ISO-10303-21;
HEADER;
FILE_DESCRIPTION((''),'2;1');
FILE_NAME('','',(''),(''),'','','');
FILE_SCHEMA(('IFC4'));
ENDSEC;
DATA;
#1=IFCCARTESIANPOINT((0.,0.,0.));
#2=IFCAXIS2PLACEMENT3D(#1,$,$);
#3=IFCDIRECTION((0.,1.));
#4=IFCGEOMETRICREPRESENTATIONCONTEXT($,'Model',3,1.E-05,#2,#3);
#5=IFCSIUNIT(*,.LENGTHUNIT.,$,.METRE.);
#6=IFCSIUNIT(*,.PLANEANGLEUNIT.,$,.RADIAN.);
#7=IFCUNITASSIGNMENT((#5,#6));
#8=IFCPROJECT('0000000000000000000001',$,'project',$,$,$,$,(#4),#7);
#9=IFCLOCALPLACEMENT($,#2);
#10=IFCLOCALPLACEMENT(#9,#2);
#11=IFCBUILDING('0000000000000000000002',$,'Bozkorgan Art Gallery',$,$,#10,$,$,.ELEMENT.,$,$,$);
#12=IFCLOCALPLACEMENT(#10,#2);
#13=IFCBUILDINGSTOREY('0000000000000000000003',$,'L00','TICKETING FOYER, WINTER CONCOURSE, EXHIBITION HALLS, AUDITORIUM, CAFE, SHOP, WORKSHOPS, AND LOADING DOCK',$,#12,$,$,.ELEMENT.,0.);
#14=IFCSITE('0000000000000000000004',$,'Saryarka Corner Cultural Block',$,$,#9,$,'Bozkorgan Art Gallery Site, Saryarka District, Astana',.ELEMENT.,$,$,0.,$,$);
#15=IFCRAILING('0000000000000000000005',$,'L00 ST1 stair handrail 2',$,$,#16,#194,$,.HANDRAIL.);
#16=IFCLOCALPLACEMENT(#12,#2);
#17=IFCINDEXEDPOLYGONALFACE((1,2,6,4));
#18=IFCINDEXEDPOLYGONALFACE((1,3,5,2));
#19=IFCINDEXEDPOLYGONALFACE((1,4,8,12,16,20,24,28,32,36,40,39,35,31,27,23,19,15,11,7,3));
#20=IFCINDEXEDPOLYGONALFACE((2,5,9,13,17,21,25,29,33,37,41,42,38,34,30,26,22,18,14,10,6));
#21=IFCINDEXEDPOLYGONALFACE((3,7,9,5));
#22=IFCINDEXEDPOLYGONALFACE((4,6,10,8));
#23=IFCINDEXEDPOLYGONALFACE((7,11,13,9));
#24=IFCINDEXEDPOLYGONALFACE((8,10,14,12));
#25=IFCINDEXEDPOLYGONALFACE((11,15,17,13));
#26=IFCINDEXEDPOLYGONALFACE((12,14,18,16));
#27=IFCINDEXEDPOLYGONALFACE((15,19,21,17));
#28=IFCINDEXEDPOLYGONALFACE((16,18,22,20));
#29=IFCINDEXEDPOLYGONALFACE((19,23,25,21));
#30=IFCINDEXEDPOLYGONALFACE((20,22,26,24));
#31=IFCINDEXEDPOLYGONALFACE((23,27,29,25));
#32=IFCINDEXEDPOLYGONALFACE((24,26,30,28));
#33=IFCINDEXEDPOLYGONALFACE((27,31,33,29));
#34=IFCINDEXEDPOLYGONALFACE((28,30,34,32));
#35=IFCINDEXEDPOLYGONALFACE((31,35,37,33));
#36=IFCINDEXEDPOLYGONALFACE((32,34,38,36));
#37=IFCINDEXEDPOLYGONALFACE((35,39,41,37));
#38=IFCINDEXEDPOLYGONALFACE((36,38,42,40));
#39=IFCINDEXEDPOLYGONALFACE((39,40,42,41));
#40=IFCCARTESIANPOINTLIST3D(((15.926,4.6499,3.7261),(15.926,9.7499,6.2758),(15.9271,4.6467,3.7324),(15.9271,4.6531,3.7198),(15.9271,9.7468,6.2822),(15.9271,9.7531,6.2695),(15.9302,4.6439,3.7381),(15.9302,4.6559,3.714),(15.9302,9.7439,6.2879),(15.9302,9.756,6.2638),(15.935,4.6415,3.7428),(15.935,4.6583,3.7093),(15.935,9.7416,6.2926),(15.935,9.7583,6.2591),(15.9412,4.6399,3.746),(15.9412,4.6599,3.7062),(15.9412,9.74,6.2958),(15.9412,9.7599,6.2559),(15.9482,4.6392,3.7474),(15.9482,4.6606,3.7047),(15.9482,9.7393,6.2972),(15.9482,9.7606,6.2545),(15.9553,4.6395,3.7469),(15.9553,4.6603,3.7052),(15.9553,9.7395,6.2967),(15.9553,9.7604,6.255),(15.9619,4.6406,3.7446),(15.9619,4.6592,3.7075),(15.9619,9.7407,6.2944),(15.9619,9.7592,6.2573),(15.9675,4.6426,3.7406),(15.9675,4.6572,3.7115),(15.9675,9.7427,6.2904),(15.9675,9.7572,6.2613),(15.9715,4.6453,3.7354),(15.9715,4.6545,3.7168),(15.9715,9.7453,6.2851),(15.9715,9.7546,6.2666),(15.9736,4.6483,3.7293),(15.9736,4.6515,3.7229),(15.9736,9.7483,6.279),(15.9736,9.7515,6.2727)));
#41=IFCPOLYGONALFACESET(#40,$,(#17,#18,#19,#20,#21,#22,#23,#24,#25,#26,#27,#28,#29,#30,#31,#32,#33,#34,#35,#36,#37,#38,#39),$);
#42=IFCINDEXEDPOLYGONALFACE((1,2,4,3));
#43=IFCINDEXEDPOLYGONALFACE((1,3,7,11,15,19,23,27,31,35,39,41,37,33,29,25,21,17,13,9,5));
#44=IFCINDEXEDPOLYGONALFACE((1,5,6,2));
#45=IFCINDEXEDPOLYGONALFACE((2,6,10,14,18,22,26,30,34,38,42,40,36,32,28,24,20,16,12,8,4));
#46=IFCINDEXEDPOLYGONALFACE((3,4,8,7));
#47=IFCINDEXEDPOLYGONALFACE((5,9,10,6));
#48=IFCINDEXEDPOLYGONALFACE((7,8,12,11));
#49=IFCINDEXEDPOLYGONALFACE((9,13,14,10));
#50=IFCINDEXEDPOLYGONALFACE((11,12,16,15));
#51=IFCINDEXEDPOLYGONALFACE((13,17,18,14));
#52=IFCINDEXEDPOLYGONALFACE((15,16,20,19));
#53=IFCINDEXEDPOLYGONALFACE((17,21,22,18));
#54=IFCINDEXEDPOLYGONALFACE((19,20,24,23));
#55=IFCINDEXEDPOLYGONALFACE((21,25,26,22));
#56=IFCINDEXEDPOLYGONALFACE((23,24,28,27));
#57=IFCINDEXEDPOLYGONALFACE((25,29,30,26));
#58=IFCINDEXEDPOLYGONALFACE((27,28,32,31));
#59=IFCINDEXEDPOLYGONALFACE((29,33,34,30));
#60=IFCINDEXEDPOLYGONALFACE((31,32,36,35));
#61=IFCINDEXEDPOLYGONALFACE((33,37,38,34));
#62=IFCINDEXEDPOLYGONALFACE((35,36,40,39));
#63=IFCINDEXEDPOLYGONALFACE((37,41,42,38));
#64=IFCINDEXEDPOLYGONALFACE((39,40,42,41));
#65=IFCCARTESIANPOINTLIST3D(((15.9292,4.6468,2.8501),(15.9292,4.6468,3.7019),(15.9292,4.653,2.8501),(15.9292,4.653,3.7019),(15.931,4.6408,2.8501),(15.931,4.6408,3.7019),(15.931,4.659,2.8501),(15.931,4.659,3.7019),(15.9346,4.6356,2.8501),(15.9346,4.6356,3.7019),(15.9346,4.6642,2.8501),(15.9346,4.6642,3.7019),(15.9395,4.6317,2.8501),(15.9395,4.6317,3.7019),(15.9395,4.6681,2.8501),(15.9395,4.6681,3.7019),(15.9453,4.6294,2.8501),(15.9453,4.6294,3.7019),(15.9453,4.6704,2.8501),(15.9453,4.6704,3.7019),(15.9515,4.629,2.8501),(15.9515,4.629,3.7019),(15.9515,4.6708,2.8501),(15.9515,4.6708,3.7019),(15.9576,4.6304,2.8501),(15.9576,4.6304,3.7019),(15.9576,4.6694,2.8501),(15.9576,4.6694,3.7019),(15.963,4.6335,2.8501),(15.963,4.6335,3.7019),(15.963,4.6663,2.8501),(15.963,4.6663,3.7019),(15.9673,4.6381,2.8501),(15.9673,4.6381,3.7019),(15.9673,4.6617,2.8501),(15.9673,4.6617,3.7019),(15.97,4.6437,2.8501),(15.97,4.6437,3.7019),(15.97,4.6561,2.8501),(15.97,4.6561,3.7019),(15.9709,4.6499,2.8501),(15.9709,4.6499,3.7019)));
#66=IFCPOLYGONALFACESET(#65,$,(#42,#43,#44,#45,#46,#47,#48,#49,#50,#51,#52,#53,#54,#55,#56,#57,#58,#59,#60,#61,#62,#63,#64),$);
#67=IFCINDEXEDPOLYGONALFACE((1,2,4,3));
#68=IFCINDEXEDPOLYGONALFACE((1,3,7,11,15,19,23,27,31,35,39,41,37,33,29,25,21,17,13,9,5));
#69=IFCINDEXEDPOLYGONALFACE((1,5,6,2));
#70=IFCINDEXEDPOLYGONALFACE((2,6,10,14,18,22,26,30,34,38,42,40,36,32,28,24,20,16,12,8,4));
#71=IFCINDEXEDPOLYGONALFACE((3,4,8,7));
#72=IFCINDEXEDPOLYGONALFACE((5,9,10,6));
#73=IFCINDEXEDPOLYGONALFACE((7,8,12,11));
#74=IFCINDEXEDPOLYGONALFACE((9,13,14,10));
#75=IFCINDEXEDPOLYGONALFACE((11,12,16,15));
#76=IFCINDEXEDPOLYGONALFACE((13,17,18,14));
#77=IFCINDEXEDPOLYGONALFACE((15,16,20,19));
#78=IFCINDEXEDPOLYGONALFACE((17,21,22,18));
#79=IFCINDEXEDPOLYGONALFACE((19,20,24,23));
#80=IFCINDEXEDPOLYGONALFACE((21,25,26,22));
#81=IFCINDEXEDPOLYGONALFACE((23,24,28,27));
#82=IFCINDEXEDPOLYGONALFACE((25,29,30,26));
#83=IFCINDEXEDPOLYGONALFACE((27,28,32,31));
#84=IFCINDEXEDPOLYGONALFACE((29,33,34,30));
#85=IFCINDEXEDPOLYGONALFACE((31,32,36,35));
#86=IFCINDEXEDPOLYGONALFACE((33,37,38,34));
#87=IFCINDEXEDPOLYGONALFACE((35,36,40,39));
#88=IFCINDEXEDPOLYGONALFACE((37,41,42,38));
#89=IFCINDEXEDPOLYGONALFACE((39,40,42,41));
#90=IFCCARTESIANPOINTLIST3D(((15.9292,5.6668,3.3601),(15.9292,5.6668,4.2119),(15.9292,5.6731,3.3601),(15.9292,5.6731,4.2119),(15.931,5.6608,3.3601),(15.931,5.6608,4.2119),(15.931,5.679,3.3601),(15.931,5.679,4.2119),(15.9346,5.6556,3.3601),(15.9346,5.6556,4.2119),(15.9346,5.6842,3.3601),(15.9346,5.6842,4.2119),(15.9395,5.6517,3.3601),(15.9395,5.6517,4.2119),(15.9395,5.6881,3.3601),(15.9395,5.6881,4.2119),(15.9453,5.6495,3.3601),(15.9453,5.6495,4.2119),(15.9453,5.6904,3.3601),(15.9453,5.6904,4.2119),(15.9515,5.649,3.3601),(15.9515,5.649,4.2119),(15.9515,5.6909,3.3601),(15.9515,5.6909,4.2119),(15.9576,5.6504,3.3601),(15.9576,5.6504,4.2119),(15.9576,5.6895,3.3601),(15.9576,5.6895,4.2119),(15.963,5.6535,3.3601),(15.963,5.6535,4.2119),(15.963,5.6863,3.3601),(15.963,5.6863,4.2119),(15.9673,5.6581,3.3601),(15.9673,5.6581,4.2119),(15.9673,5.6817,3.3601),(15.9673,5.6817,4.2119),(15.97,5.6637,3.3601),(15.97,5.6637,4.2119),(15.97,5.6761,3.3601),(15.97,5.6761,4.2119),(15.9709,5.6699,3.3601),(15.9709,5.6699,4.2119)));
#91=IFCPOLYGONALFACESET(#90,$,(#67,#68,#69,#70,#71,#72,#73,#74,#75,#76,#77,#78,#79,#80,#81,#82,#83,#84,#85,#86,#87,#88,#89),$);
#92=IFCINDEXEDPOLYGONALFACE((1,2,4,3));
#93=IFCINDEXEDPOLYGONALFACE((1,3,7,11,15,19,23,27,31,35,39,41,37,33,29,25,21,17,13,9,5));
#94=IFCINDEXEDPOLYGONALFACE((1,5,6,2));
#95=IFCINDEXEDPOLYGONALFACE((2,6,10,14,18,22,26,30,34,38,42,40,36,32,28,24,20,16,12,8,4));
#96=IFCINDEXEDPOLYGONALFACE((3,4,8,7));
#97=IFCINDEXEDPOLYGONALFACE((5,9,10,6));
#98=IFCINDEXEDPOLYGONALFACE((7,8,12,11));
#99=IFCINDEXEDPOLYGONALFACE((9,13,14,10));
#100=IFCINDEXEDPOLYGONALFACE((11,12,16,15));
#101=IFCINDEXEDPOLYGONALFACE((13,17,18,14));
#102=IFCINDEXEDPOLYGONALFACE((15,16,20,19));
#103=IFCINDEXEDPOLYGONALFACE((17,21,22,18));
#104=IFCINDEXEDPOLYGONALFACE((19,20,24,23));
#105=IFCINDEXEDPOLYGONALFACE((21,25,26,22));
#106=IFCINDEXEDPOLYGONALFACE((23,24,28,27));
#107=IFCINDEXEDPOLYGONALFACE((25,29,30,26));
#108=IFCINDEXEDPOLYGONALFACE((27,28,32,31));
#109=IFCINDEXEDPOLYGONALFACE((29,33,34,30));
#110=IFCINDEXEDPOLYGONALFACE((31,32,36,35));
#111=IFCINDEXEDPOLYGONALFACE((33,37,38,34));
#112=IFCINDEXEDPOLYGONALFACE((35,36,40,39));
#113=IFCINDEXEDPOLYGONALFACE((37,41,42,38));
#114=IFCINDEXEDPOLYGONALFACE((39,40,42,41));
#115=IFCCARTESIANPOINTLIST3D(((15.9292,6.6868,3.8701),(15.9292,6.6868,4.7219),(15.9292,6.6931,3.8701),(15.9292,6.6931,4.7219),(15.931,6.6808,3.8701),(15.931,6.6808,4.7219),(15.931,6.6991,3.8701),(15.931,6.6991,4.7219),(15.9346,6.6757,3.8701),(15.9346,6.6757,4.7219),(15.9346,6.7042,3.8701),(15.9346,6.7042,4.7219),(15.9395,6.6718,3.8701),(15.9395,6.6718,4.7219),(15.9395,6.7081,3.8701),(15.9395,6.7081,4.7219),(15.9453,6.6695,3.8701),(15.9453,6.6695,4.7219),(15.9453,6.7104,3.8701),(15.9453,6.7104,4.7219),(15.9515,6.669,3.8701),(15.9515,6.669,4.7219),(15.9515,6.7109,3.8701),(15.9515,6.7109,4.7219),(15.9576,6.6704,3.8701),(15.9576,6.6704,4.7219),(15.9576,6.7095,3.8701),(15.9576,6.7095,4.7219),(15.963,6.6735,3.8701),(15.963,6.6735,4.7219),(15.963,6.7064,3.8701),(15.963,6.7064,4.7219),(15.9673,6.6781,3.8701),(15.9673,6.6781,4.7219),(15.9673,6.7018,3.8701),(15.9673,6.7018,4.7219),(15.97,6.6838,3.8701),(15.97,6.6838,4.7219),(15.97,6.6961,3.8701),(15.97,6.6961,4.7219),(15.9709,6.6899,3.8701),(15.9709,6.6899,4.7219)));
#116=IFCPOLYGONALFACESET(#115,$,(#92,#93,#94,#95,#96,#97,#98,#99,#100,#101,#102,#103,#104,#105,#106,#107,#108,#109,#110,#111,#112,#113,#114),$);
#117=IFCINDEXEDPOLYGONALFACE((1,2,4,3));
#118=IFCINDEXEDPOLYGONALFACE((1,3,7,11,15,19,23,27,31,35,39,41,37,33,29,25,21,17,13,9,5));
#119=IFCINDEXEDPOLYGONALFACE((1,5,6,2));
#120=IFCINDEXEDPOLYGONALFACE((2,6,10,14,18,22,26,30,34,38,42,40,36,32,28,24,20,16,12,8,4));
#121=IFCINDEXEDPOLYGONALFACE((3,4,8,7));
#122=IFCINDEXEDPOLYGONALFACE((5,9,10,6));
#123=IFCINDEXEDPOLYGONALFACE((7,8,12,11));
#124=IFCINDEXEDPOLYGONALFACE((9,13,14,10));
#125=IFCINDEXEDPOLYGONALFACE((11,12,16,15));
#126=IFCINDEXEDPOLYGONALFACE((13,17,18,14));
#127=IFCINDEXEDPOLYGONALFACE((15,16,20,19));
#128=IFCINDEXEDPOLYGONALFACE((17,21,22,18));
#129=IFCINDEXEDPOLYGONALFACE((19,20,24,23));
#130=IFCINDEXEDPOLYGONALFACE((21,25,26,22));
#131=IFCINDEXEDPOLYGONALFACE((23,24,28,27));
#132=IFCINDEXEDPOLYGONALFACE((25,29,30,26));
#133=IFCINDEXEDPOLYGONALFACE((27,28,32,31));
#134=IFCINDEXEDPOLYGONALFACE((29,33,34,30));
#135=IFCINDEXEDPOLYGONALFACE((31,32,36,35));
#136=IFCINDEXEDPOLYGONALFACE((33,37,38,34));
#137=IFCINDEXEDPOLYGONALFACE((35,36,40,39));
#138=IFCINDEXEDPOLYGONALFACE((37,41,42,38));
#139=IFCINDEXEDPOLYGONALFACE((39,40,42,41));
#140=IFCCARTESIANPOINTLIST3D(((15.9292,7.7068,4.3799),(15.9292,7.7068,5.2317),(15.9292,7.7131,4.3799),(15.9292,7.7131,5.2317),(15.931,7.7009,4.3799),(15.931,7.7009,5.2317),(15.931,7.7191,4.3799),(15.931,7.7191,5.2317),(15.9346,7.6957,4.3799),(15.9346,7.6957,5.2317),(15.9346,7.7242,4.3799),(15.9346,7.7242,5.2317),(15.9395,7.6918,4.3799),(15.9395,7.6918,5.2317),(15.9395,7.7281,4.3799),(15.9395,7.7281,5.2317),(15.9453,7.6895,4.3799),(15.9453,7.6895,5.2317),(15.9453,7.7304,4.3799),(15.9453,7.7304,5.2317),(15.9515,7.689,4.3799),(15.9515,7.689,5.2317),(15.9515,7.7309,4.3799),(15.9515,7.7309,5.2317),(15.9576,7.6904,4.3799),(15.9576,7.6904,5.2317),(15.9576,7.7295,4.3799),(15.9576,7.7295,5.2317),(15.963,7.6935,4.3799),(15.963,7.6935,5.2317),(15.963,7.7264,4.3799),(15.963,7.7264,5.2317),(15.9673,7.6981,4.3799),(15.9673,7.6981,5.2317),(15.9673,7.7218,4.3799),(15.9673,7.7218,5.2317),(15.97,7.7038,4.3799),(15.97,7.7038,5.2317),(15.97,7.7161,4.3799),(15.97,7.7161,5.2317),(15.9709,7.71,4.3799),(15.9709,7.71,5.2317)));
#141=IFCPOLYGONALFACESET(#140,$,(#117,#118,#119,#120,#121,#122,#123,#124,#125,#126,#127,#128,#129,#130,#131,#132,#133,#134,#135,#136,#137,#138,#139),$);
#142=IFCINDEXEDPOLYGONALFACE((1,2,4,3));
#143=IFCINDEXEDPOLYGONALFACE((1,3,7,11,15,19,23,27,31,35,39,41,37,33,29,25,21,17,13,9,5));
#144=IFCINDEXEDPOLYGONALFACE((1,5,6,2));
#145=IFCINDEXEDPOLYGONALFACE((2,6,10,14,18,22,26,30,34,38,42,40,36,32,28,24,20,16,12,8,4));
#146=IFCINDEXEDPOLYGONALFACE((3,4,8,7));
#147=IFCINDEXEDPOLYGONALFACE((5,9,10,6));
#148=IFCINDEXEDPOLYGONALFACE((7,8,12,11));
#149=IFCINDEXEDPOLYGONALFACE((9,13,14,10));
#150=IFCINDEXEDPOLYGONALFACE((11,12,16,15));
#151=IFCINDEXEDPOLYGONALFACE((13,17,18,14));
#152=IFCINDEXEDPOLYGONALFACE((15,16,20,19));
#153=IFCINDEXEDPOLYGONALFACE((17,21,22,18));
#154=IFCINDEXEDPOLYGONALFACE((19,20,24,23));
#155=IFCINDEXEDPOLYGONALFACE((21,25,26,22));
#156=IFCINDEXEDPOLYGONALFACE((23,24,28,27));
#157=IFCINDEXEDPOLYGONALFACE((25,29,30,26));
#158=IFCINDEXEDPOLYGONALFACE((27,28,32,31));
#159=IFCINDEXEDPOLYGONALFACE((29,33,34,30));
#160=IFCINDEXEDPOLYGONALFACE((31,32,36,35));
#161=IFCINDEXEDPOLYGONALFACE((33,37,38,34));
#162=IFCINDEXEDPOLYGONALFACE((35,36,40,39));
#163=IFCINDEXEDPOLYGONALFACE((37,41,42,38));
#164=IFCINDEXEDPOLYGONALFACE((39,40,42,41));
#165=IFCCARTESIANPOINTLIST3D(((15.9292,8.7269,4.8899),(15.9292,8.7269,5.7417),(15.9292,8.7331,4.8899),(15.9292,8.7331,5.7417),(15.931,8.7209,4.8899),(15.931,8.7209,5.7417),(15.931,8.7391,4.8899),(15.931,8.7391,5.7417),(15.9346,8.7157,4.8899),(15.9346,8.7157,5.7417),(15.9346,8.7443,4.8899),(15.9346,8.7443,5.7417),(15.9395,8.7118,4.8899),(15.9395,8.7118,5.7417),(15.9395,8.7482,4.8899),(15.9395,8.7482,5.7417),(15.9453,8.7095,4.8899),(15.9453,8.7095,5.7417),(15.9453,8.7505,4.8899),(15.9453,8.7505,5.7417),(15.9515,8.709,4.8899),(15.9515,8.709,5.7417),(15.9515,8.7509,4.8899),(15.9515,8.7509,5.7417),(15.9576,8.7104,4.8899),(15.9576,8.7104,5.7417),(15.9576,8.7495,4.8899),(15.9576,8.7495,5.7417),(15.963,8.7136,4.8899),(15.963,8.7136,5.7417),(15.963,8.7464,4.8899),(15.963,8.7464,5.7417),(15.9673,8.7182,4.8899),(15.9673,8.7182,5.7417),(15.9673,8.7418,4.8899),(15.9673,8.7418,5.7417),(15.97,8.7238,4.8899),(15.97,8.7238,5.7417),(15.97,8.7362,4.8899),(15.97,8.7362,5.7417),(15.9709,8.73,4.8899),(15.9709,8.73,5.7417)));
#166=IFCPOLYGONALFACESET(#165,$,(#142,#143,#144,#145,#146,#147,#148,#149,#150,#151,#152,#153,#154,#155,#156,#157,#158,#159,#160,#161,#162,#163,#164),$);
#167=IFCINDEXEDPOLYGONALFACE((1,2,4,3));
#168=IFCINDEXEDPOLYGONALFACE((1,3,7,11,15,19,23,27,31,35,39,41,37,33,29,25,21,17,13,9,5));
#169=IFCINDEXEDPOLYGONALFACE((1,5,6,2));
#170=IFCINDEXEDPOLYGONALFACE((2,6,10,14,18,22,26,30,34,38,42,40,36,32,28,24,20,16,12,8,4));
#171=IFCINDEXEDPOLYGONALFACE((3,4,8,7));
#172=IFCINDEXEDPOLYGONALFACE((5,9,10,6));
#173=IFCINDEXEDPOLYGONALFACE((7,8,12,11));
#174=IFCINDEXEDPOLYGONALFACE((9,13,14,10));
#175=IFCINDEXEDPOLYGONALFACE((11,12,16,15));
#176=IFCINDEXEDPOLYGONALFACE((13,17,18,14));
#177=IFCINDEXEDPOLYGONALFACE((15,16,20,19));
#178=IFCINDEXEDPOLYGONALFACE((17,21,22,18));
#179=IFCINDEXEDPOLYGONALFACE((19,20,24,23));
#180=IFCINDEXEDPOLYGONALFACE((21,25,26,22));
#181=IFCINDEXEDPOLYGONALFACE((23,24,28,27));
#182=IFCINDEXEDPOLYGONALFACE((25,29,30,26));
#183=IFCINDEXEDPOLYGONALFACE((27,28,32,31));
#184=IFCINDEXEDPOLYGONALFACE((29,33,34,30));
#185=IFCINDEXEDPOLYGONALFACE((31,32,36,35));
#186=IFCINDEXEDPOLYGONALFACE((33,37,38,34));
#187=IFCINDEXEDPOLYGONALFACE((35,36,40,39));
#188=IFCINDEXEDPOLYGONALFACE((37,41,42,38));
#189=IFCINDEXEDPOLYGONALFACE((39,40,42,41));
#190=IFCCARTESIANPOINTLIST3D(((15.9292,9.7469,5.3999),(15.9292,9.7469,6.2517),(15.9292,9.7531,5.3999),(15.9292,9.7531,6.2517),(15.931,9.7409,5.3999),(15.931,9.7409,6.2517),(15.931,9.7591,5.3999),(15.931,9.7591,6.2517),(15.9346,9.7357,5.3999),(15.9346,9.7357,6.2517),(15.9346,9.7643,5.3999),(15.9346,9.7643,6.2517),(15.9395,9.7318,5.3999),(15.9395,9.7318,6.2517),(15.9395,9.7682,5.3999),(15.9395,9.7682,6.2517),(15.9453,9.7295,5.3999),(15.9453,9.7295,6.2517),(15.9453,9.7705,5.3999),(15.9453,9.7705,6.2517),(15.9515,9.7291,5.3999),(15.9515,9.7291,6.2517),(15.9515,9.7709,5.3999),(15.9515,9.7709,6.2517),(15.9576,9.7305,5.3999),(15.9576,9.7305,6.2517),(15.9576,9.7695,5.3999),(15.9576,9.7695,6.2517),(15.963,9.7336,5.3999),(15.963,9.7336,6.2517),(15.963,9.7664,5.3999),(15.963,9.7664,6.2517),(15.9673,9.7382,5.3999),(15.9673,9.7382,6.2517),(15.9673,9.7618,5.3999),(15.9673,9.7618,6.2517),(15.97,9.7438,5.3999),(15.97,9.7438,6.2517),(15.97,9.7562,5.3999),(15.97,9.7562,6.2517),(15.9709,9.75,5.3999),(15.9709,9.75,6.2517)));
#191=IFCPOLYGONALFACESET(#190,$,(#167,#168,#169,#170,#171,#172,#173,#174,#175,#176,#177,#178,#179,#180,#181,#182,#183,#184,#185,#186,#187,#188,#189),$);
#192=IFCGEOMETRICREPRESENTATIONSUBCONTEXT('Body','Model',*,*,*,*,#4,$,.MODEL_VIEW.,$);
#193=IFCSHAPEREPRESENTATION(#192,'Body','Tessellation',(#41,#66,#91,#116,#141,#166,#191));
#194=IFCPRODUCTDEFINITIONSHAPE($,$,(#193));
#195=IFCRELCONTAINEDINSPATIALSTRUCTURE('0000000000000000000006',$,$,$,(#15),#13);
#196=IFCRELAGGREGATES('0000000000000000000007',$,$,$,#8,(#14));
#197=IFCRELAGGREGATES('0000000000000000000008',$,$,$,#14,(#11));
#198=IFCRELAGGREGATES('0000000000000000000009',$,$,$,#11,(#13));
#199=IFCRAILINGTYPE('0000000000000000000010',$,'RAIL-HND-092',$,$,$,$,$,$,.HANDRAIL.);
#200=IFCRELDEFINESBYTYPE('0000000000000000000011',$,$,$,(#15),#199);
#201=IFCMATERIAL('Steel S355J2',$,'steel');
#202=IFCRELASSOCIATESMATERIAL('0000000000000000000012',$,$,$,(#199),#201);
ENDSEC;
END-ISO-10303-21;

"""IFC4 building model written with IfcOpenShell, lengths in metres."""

from ifc_helpers import new_model, si_unit, direction, frame, origin, origin_2d, place, context, subcontext, project, spatial, circle, extrude, material, type_object, element, save


model = new_model("IFC4")

# Units and contexts
model_context = context("Model", 3, precision=1e-05, world=origin(), true_north=direction((0.0, 1.0)))
body_context = subcontext(model_context, "Body", "Model", "MODEL_VIEW")
ifc_project = project(units=[si_unit("LENGTHUNIT", "METRE"), si_unit("PLANEANGLEUNIT", "RADIAN")], contexts=[model_context])

# Site, building, storey
site_placement = place(None, origin())
site = spatial("IfcSite", under=ifc_project, at=site_placement, Name="Saryarka Corner Cultural Block", LongName="Bozkorgan Art Gallery Site, Saryarka District, Astana", CompositionType="ELEMENT", RefElevation=0.0)
building_placement = place(site_placement, origin())
building = spatial("IfcBuilding", under=site, at=building_placement, Name="Bozkorgan Art Gallery", CompositionType="ELEMENT")
storey_placement = place(building_placement, origin())
storey = spatial("IfcBuildingStorey", under=building, at=storey_placement, Name="L00", Description="TICKETING FOYER, WINTER CONCOURSE, EXHIBITION HALLS, AUDITORIUM, CAFE, SHOP, WORKSHOPS, AND LOADING DOCK", CompositionType="ELEMENT", Elevation=0.0)

# Shared definitions
ifc_material_1 = material(Name="Steel S355J2", Category="steel")

# Railing
railing_type_1 = type_object("IfcRailingType", Name="RAIL-HND-092", PredefinedType="HANDRAIL", material=ifc_material_1)
railing_1_placement = place(storey_placement, frame((15.95, 4.6499, 2.8501)))
element("IfcRailing", 1, at=railing_1_placement, inside=storey, type_object=railing_type_1, Name="L00 ST1 stair handrail 2", PredefinedType="HANDRAIL", context=body_context, shape_type="SweptSolid", body=[
    extrude(circle(Radius=0.0239, at=origin_2d()), frame((0.0, 0.0, 0.876), z_axis=(0.0, 0.894444, 0.447179), x_axis=(-1.0, 0.0, 0.0)), (0.0, 0.0, 1.0), 5.7019),
    extrude(circle(Radius=0.021, at=origin_2d()), origin(), (0.0, 0.0, 1.0), 0.8518),
    extrude(circle(Radius=0.021, at=origin_2d()), frame((0.0, 1.02, 0.51)), (0.0, 0.0, 1.0), 0.8518),
    extrude(circle(Radius=0.021, at=origin_2d()), frame((0.0, 2.04, 1.02)), (0.0, 0.0, 1.0), 0.8518),
    extrude(circle(Radius=0.021, at=origin_2d()), frame((0.0, 3.0601, 1.5298)), (0.0, 0.0, 1.0), 0.8518),
    extrude(circle(Radius=0.021, at=origin_2d()), frame((0.0, 4.0801, 2.0398)), (0.0, 0.0, 1.0), 0.8518),
    extrude(circle(Radius=0.021, at=origin_2d()), frame((0.0, 5.1001, 2.5498)), (0.0, 0.0, 1.0), 0.8518),
])

save(model, "model.ifc")
